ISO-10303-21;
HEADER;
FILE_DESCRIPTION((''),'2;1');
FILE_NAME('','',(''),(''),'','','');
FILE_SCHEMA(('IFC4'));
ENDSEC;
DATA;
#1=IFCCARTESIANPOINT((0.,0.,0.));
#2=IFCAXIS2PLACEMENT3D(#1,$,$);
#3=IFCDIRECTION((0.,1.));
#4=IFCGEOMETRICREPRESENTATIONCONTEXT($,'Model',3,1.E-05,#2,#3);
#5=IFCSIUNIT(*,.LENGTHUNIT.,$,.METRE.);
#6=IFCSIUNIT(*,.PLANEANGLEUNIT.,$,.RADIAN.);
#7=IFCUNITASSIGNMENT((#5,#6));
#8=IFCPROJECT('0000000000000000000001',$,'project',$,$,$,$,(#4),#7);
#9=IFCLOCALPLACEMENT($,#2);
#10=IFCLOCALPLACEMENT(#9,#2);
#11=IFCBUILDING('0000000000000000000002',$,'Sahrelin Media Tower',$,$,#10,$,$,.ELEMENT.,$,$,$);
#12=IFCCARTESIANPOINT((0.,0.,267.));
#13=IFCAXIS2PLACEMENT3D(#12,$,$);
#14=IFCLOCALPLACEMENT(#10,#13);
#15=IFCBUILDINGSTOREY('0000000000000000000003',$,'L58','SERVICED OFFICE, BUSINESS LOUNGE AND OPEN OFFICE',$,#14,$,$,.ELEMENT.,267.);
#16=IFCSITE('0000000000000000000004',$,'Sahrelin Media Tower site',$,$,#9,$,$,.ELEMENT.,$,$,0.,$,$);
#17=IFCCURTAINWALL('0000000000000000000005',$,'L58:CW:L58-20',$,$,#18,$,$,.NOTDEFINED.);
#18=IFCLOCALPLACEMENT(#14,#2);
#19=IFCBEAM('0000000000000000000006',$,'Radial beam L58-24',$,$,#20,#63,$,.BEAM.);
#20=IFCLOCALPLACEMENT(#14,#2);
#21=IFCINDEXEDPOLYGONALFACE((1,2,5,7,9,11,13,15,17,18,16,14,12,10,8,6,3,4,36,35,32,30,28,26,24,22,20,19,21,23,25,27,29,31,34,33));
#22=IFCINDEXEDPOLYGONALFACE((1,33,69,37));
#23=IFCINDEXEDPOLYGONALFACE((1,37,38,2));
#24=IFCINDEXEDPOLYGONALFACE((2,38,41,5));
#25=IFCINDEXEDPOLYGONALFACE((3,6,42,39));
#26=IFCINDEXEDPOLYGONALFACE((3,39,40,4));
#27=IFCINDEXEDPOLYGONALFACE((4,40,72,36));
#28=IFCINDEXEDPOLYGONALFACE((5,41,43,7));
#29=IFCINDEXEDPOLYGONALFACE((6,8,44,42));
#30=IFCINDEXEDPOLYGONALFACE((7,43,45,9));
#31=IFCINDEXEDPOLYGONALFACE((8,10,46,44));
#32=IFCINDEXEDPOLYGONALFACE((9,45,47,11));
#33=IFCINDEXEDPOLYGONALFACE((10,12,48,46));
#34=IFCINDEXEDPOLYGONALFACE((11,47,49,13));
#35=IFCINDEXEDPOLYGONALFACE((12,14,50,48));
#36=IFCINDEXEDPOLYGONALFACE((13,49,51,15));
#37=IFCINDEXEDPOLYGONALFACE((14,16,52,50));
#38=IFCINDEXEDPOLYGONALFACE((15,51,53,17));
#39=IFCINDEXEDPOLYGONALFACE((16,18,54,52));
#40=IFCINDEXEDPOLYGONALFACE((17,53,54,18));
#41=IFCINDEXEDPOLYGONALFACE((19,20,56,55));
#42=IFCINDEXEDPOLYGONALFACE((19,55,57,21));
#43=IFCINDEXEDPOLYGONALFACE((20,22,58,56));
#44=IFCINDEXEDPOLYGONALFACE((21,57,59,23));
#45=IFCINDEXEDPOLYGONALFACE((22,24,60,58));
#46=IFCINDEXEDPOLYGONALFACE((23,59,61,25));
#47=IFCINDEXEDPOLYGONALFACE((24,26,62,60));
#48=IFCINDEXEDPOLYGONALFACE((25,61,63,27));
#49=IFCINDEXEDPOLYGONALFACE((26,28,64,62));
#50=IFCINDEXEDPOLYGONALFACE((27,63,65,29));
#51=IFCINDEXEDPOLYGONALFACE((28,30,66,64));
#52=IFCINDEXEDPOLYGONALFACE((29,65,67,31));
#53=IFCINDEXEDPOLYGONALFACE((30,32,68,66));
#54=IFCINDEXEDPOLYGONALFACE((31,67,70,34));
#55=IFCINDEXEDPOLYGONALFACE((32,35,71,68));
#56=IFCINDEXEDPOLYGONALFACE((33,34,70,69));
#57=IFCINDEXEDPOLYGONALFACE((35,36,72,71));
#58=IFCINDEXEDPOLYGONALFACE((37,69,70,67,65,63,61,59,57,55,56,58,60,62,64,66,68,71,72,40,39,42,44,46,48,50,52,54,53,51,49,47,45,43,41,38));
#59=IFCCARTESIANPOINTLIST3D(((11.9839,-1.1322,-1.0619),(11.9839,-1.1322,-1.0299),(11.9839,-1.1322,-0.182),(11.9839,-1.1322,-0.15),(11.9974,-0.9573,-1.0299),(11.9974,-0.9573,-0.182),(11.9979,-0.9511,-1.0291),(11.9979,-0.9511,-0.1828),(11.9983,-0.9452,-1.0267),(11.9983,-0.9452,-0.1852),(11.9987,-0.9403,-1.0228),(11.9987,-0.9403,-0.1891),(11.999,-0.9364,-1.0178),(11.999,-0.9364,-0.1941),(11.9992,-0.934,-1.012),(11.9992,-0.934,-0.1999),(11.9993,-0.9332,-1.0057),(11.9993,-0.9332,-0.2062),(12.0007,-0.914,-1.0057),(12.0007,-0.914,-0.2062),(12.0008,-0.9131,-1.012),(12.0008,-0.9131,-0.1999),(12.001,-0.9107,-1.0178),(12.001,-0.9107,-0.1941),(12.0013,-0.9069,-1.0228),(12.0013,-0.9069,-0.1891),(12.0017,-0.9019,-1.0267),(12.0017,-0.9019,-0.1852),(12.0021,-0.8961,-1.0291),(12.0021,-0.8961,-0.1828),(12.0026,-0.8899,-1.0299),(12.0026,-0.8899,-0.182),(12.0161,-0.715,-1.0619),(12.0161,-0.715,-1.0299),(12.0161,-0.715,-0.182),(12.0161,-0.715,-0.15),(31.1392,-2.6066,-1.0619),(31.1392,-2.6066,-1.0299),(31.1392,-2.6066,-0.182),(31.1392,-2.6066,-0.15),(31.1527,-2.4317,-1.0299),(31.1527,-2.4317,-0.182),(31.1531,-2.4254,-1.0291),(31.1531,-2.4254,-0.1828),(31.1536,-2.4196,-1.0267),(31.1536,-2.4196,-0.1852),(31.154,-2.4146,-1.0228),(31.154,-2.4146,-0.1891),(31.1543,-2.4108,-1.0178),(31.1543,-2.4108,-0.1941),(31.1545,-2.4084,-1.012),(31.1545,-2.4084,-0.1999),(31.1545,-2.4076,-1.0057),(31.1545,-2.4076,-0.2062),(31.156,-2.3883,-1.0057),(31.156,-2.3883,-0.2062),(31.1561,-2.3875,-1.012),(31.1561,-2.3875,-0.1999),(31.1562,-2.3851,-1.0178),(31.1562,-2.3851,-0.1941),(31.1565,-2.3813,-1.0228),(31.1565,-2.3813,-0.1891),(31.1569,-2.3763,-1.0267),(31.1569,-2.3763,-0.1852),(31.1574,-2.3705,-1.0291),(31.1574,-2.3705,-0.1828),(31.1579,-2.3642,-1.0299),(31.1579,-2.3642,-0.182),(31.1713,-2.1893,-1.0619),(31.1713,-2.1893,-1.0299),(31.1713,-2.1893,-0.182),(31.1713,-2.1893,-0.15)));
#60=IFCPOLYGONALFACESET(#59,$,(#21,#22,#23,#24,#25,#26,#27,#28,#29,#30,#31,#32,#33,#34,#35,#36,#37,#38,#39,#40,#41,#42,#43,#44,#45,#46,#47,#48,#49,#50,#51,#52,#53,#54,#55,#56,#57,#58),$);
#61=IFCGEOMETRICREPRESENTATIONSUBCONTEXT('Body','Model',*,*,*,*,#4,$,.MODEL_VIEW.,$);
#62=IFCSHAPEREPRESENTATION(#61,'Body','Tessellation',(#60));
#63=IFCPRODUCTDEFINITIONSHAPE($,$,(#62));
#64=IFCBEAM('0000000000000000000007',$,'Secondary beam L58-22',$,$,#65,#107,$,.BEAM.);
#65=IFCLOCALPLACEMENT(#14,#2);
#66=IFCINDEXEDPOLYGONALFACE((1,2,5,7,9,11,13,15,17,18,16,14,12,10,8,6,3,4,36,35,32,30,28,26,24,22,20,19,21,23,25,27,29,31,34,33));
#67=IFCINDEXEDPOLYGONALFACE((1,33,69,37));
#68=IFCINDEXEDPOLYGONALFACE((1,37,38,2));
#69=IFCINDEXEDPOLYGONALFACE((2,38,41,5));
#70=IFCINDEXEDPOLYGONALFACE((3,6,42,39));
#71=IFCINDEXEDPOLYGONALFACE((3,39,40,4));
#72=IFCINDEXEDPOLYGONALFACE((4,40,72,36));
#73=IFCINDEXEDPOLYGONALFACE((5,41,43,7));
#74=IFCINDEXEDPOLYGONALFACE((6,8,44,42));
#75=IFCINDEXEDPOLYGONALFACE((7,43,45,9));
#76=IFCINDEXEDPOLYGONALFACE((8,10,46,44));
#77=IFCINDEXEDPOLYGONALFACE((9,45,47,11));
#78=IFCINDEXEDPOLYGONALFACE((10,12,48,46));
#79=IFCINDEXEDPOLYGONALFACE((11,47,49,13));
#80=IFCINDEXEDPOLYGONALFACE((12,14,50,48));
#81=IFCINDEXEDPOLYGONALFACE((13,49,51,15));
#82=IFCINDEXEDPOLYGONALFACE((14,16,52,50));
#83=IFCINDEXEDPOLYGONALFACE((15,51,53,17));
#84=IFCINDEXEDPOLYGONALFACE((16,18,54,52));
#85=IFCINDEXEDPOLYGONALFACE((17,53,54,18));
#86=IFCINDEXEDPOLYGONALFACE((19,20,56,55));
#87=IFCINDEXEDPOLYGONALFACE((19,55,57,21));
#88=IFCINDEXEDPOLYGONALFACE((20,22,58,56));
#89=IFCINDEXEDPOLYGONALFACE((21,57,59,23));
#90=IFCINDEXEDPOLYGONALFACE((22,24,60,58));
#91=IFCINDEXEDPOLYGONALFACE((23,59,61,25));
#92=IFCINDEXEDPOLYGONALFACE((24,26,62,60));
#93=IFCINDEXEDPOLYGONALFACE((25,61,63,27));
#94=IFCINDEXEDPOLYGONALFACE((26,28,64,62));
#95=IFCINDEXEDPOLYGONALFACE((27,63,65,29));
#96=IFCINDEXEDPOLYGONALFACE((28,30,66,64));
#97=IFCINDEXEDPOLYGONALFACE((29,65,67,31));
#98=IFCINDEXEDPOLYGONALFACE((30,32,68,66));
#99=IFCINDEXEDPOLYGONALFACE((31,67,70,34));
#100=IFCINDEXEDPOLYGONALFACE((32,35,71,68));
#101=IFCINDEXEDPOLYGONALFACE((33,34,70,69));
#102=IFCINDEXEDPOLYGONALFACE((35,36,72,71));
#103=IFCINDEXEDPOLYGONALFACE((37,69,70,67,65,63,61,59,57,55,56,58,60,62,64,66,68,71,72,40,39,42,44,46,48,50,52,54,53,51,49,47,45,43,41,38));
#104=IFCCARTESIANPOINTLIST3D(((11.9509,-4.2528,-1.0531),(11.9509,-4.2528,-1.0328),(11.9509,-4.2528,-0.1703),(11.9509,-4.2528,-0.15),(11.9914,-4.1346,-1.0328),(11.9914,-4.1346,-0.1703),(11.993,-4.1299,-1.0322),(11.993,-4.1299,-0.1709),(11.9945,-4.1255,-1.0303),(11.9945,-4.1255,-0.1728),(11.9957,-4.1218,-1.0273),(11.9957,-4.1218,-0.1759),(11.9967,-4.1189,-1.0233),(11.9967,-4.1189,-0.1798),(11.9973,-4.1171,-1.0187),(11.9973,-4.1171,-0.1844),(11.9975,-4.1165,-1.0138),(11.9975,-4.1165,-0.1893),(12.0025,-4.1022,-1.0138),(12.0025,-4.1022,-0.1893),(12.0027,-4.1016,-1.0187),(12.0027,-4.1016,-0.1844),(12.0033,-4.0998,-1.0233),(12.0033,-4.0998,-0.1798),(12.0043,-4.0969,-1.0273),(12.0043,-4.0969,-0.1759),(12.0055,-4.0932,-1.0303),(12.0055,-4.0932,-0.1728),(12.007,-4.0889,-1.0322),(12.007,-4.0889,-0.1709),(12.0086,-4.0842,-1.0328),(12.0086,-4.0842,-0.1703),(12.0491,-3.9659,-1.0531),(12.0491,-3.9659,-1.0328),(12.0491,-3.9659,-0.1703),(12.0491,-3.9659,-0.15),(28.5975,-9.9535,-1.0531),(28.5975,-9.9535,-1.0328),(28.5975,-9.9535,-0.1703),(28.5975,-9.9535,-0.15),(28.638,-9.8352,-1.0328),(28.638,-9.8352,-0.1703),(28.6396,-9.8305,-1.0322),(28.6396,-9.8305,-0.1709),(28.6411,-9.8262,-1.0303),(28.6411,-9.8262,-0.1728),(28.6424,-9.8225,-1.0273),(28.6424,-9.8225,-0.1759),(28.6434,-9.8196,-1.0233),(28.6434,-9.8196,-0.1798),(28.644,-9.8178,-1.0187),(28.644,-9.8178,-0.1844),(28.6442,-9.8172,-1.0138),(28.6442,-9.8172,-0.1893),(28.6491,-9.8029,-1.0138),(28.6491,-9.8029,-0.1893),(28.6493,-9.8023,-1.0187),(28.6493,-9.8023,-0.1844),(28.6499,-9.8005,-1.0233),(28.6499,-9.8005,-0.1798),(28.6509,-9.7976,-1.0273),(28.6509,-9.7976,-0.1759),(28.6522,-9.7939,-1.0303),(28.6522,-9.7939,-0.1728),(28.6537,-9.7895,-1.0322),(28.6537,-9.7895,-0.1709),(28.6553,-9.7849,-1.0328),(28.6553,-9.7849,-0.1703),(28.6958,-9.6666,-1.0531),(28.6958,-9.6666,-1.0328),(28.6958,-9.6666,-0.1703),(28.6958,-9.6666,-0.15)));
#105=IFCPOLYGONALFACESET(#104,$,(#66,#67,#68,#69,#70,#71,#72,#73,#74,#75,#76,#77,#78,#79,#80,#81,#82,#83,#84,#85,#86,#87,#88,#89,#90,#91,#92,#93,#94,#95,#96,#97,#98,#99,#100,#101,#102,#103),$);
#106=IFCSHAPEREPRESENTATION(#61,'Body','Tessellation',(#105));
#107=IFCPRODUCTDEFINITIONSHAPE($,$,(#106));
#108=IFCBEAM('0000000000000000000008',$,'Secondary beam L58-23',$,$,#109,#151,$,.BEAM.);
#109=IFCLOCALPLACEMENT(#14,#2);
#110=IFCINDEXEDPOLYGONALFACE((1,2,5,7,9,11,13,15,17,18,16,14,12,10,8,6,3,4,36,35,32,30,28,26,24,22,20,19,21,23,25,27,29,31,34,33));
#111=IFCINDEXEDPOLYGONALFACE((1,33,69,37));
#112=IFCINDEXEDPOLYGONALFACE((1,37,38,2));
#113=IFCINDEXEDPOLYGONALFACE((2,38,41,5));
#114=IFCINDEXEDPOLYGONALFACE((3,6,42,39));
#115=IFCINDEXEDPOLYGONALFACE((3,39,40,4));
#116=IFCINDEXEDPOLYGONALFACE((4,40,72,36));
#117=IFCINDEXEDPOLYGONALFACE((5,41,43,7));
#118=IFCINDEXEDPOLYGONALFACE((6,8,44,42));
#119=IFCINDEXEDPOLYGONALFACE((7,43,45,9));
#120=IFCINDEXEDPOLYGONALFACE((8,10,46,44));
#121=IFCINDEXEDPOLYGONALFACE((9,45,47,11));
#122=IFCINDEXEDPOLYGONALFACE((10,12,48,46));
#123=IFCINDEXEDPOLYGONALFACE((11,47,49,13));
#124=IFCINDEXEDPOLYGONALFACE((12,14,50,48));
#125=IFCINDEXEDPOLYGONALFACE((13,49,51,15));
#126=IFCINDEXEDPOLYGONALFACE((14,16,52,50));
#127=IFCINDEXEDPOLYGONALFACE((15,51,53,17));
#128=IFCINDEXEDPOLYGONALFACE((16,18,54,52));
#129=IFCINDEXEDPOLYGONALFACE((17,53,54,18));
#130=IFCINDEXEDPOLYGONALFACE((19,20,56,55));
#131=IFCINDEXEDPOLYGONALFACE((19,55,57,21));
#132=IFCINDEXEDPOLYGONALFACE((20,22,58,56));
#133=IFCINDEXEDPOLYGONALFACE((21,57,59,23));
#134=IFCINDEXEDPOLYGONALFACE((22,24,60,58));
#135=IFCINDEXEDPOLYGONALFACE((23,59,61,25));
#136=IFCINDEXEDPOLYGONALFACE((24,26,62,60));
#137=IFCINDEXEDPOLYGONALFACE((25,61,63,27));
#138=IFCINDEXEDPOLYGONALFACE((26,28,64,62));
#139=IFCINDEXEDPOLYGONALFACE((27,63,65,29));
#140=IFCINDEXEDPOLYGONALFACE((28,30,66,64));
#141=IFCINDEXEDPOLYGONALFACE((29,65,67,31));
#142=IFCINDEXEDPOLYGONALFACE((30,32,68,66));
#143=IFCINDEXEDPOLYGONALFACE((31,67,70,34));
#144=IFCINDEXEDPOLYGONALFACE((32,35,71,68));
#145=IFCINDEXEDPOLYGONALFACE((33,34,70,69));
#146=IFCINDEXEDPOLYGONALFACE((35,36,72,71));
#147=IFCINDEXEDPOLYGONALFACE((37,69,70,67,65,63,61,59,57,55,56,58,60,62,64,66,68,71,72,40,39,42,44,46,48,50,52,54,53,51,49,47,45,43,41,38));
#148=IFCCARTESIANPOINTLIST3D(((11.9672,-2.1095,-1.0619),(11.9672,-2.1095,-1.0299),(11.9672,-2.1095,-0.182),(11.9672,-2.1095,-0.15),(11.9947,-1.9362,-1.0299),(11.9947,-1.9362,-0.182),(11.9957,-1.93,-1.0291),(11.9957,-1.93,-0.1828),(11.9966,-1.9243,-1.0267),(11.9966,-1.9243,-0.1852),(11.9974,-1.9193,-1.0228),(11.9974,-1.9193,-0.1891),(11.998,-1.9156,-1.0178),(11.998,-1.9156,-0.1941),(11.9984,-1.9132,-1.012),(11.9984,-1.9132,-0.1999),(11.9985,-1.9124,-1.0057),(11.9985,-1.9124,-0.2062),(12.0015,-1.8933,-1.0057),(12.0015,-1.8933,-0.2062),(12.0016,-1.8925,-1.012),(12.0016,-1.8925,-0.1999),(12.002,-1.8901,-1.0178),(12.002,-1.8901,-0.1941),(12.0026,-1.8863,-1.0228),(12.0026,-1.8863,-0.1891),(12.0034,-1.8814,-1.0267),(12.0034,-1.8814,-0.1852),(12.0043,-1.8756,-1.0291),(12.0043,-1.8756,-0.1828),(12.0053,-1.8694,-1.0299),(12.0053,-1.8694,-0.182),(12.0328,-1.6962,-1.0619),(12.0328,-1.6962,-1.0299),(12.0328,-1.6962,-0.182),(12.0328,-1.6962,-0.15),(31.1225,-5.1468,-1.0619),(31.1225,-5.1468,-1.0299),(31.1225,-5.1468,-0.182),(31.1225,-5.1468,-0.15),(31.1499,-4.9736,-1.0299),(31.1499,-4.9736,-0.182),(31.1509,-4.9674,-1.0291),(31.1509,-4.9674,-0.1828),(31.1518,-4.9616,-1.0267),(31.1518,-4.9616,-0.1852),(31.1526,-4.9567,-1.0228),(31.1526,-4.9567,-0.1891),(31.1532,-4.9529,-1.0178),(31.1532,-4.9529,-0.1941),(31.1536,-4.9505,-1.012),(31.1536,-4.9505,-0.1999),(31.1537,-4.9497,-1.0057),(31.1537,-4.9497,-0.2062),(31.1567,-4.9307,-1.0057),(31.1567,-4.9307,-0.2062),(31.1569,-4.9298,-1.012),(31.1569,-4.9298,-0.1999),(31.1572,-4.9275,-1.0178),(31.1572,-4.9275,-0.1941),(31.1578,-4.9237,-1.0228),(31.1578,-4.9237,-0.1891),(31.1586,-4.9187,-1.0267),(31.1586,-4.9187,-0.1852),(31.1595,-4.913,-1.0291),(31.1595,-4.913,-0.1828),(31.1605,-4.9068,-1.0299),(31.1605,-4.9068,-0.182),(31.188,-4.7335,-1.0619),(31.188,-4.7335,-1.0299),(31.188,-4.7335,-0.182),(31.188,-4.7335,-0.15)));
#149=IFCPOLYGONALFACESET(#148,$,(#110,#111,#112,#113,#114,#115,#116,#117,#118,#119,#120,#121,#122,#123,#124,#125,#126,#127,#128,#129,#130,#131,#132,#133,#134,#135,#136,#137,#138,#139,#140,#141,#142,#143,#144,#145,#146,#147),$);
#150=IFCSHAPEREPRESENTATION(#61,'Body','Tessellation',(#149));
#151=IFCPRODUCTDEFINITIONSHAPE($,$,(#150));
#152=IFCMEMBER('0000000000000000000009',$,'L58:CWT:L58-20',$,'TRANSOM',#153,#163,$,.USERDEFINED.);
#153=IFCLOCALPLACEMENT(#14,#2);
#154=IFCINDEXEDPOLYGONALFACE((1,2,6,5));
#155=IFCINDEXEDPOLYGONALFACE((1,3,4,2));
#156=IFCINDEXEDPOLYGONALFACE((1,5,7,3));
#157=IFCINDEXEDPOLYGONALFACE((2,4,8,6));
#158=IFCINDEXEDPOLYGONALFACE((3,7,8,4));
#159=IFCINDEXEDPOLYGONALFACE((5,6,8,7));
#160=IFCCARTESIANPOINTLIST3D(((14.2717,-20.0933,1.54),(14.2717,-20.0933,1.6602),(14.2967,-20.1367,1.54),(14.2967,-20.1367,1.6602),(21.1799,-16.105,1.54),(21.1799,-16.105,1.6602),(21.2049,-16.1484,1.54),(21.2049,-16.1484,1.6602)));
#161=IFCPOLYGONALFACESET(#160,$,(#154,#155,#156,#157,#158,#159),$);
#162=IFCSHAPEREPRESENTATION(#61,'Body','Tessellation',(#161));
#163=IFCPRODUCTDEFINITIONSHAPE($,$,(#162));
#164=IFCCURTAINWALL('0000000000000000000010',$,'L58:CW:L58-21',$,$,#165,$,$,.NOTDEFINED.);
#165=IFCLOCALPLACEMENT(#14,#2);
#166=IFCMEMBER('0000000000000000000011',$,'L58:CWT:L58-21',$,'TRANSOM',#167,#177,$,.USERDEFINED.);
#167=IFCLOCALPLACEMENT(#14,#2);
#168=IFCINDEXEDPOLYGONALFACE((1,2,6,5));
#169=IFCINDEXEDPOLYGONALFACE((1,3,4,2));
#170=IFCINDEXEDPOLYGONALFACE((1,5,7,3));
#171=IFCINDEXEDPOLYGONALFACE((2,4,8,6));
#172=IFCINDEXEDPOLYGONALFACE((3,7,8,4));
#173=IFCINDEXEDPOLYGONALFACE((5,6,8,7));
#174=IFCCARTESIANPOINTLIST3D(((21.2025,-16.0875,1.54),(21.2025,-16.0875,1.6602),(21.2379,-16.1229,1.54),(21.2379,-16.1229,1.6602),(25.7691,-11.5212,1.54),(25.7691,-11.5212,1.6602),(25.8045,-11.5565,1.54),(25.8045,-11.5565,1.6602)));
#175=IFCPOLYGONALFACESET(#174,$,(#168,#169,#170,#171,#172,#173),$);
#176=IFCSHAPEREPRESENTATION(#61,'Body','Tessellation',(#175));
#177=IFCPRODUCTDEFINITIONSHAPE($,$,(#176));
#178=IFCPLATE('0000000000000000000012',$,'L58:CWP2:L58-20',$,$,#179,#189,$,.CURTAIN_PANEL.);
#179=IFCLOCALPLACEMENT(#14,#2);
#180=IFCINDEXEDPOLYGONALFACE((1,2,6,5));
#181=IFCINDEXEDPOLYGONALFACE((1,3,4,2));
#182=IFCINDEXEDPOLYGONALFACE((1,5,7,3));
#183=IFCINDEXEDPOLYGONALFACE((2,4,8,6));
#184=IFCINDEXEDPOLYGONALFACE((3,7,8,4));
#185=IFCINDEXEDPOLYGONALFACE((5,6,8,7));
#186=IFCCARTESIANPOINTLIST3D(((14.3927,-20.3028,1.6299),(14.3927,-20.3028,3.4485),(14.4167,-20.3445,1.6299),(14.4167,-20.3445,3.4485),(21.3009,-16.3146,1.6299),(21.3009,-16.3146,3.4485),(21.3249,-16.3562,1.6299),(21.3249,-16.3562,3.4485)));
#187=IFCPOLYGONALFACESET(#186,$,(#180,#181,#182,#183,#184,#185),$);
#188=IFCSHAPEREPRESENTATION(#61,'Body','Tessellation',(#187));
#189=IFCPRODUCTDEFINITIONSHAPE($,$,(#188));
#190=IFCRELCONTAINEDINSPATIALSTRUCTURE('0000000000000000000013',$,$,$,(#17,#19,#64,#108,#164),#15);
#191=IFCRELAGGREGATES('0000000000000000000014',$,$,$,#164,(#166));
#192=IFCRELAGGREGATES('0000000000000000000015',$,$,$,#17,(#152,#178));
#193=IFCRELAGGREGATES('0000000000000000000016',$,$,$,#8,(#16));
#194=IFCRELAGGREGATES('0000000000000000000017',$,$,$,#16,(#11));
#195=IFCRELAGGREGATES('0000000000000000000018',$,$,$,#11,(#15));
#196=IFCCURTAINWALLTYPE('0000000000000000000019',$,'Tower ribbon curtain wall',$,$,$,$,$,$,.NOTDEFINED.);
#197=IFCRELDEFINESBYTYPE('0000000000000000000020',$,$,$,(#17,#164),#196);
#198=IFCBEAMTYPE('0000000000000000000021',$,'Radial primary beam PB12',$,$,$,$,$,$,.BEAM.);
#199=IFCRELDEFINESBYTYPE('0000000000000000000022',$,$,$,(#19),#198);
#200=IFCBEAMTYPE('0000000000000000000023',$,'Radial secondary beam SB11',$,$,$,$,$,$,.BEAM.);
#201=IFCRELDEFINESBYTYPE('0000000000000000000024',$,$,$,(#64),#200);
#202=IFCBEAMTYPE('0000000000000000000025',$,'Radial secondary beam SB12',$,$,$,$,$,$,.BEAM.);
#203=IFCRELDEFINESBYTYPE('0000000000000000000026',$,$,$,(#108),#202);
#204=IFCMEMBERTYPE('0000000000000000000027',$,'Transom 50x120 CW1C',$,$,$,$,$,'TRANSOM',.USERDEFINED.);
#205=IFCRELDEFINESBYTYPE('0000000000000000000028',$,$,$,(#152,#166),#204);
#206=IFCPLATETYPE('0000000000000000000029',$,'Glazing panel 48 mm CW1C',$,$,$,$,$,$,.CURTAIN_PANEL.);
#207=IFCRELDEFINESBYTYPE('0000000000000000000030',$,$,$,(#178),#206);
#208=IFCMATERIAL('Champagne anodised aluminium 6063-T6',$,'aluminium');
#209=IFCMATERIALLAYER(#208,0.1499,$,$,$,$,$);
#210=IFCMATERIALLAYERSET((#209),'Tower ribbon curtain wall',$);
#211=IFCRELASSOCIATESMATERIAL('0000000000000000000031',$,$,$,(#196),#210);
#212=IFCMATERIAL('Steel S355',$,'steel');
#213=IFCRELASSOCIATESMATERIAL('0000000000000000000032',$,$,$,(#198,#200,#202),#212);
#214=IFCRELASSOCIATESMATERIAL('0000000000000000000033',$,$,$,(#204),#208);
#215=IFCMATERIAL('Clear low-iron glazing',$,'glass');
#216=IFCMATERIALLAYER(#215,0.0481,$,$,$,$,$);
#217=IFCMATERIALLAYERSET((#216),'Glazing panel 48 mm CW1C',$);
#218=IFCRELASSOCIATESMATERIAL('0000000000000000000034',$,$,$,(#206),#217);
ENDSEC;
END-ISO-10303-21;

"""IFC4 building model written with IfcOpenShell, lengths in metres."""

from ifc_helpers import new_model, si_unit, direction, frame, origin, origin_2d, place, context, subcontext, project, spatial, polyline, rectangle, i_section, outline, extrude, material, layer, layer_set, material_profile, profile_set, type_object, element, aggregate, save


model = new_model("IFC4")

# Units and contexts
model_context = context("Model", 3, precision=1e-05, world=origin(), true_north=direction((0.0, 1.0)))
body_context = subcontext(model_context, "Body", "Model", "MODEL_VIEW")
ifc_project = project(units=[si_unit("LENGTHUNIT", "METRE"), si_unit("PLANEANGLEUNIT", "RADIAN")], contexts=[model_context])

# Site, building, storey
site_placement = place(None, origin())
site = spatial("IfcSite", under=ifc_project, at=site_placement, Name="Sahrelin Media Tower site", CompositionType="ELEMENT", RefElevation=0.0)
building_placement = place(site_placement, origin())
building = spatial("IfcBuilding", under=site, at=building_placement, Name="Sahrelin Media Tower", CompositionType="ELEMENT")
storey_placement = place(building_placement, frame((0.0, 0.0, 267.0)))
storey = spatial("IfcBuildingStorey", under=building, at=storey_placement, Name="L58", Description="SERVICED OFFICE, BUSINESS LOUNGE AND OPEN OFFICE", CompositionType="ELEMENT", Elevation=267.0)

# Shared definitions
ifc_material_1 = material(Name="Steel S355", Category="steel")

# Curtain wall
ifc_material_2 = material(Name="Champagne anodised aluminium 6063-T6", Category="aluminium")
ifc_layer_1 = layer(ifc_material_2, 0.1499)
ifc_layer_set_1 = layer_set([ifc_layer_1], Name="Tower ribbon curtain wall")
curtain_wall_type = type_object("IfcCurtainWallType", Name="Tower ribbon curtain wall", PredefinedType="NOTDEFINED", material=ifc_layer_set_1)
curtain_wall_1_placement = place(storey_placement, frame((17.8608, -18.333, 0.0), z_axis=(0.0, 0.0, 1.0), x_axis=(1.0, 0.0, 0.0)))
curtain_wall_1 = element("IfcCurtainWall", 1, at=curtain_wall_1_placement, inside=storey, type_object=curtain_wall_type, Name="L58:CW:L58-20", PredefinedType="NOTDEFINED")

# Beams
ifc_material_profile_1 = material_profile(ifc_material_1, i_section(OverallWidth=0.4185, OverallDepth=0.9119, WebThickness=0.0193, FlangeThickness=0.032, FilletRadius=0.0242, at=origin_2d()), Name="UB 914x419x343")
ifc_profile_set_1 = profile_set([ifc_material_profile_1], Name="Steel S355")
beam_type_1 = type_object("IfcBeamType", Name="Radial primary beam PB12", PredefinedType="BEAM", material=ifc_profile_set_1)
beam_1_placement = place(storey_placement, frame((12.0, -0.9236, -0.606), z_axis=(0.997051, -0.076742, 0.0), x_axis=(0.076742, 0.997051, 0.0)))
element("IfcBeam", 2, at=beam_1_placement, inside=storey, type_object=beam_type_1, Name="Radial beam L58-24", PredefinedType="BEAM", context=body_context, shape_type="SweptSolid", body=[
    extrude(i_section(OverallWidth=0.4185, OverallDepth=0.9119, WebThickness=0.0193, FlangeThickness=0.032, FilletRadius=0.0242, at=origin_2d()), origin(), (0.0, 0.0, 1.0), 19.2119),
])
ifc_material_profile_2 = material_profile(ifc_material_1, i_section(OverallWidth=0.3032, OverallDepth=0.9031, WebThickness=0.0151, FlangeThickness=0.0203, FilletRadius=0.019, at=origin_2d()), Name="UB 914x305x201")
ifc_profile_set_2 = profile_set([ifc_material_profile_2], Name="Steel S355")
beam_type_2 = type_object("IfcBeamType", Name="Radial secondary beam SB11", PredefinedType="BEAM", material=ifc_profile_set_2)
beam_2_placement = place(storey_placement, frame((12.0, -4.1094, -0.6016), z_axis=(0.946064, -0.32398, 0.0), x_axis=(0.32398, 0.946064, 0.0)))
element("IfcBeam", 3, at=beam_2_placement, inside=storey, type_object=beam_type_2, Name="Secondary beam L58-22", PredefinedType="BEAM", context=body_context, shape_type="SweptSolid", body=[
    extrude(i_section(OverallWidth=0.3032, OverallDepth=0.9031, WebThickness=0.0151, FlangeThickness=0.0203, FilletRadius=0.019, at=origin_2d()), origin(), (0.0, 0.0, 1.0), 17.5957),
])
ifc_material_profile_3 = material_profile(ifc_material_1, i_section(OverallWidth=0.4185, OverallDepth=0.9119, WebThickness=0.0193, FlangeThickness=0.032, FilletRadius=0.0242, at=origin_2d()), Name="UB 914x419x343")
ifc_profile_set_3 = profile_set([ifc_material_profile_3], Name="Steel S355")
beam_type_3 = type_object("IfcBeamType", Name="Radial secondary beam SB12", PredefinedType="BEAM", material=ifc_profile_set_3)
beam_3_placement = place(storey_placement, frame((12.0, -1.9028, -0.606), z_axis=(0.987661, -0.156608, 0.0), x_axis=(0.156608, 0.987661, 0.0)))
element("IfcBeam", 4, at=beam_3_placement, inside=storey, type_object=beam_type_3, Name="Secondary beam L58-23", PredefinedType="BEAM", context=body_context, shape_type="SweptSolid", body=[
    extrude(i_section(OverallWidth=0.4185, OverallDepth=0.9119, WebThickness=0.0193, FlangeThickness=0.032, FilletRadius=0.0242, at=origin_2d()), origin(), (0.0, 0.0, 1.0), 19.3945),
])

# Member
ifc_material_profile_4 = material_profile(ifc_material_2, rectangle(XDim=0.05, YDim=0.1201, at=origin_2d()), Name="Transom 50x120")
ifc_profile_set_4 = profile_set([ifc_material_profile_4], Name="Champagne anodised aluminium 6063-T6")
member_type_1 = type_object("IfcMemberType", Name="Transom 50x120 CW1C", ElementType="TRANSOM", PredefinedType="USERDEFINED", material=ifc_profile_set_4)
member_1_placement = place(storey_placement, frame((14.2842, -20.115, 1.6001), z_axis=(0.866035, 0.499984, 0.0), x_axis=(-0.499984, 0.866035, 0.0)))
member_1 = element("IfcMember", 5, at=member_1_placement, type_object=member_type_1, Name="L58:CWT:L58-20", ObjectType="TRANSOM", PredefinedType="USERDEFINED", context=body_context, shape_type="SweptSolid", body=[
    extrude(rectangle(XDim=0.05, YDim=0.1201, at=origin_2d()), origin(), (0.0, 0.0, 1.0), 7.9768),
])

# Curtain wall, member
curtain_wall_2_placement = place(storey_placement, frame((23.6768, -13.9951, 0.0), z_axis=(0.0, 0.0, 1.0), x_axis=(1.0, 0.0, 0.0)))
curtain_wall_2 = element("IfcCurtainWall", 6, at=curtain_wall_2_placement, inside=storey, type_object=curtain_wall_type, Name="L58:CW:L58-21", PredefinedType="NOTDEFINED")
member_2_placement = place(storey_placement, frame((21.2202, -16.1052, 1.6001), z_axis=(0.707126, 0.707088, 0.0), x_axis=(-0.707088, 0.707126, 0.0)))
member_2 = element("IfcMember", 7, at=member_2_placement, type_object=member_type_1, Name="L58:CWT:L58-21", ObjectType="TRANSOM", PredefinedType="USERDEFINED", context=body_context, shape_type="SweptSolid", body=[
    extrude(rectangle(XDim=0.05, YDim=0.1201, at=origin_2d()), origin(), (0.0, 0.0, 1.0), 6.458),
])
aggregate(curtain_wall_2, [member_2])

# Plate
ifc_material_3 = material(Name="Clear low-iron glazing", Category="glass")
ifc_layer_2 = layer(ifc_material_3, 0.0481)
ifc_layer_set_2 = layer_set([ifc_layer_2], Name="Glazing panel 48 mm CW1C")
plate_type_1 = type_object("IfcPlateType", Name="Glazing panel 48 mm CW1C", PredefinedType="CURTAIN_PANEL", material=ifc_layer_set_2)
plate_1_placement = place(storey_placement, frame((14.4167, -20.3445, 1.6299), z_axis=(0.499984, -0.866035, 0.0), x_axis=(0.866035, 0.499984, 0.0)))
plate_1 = element("IfcPlate", 8, at=plate_1_placement, type_object=plate_type_1, Name="L58:CWP2:L58-20", PredefinedType="CURTAIN_PANEL", context=body_context, shape_type="SweptSolid", body=[
    extrude(outline(polyline([(0.0, 0.0), (7.9768, 0.0), (7.9768, 1.8186), (0.0, 1.8186), (0.0, 0.0)])), origin(), (0.0, 0.0, -1.0), 0.0481),
])
aggregate(curtain_wall_1, [member_1, plate_1])

save(model, "model.ifc")
